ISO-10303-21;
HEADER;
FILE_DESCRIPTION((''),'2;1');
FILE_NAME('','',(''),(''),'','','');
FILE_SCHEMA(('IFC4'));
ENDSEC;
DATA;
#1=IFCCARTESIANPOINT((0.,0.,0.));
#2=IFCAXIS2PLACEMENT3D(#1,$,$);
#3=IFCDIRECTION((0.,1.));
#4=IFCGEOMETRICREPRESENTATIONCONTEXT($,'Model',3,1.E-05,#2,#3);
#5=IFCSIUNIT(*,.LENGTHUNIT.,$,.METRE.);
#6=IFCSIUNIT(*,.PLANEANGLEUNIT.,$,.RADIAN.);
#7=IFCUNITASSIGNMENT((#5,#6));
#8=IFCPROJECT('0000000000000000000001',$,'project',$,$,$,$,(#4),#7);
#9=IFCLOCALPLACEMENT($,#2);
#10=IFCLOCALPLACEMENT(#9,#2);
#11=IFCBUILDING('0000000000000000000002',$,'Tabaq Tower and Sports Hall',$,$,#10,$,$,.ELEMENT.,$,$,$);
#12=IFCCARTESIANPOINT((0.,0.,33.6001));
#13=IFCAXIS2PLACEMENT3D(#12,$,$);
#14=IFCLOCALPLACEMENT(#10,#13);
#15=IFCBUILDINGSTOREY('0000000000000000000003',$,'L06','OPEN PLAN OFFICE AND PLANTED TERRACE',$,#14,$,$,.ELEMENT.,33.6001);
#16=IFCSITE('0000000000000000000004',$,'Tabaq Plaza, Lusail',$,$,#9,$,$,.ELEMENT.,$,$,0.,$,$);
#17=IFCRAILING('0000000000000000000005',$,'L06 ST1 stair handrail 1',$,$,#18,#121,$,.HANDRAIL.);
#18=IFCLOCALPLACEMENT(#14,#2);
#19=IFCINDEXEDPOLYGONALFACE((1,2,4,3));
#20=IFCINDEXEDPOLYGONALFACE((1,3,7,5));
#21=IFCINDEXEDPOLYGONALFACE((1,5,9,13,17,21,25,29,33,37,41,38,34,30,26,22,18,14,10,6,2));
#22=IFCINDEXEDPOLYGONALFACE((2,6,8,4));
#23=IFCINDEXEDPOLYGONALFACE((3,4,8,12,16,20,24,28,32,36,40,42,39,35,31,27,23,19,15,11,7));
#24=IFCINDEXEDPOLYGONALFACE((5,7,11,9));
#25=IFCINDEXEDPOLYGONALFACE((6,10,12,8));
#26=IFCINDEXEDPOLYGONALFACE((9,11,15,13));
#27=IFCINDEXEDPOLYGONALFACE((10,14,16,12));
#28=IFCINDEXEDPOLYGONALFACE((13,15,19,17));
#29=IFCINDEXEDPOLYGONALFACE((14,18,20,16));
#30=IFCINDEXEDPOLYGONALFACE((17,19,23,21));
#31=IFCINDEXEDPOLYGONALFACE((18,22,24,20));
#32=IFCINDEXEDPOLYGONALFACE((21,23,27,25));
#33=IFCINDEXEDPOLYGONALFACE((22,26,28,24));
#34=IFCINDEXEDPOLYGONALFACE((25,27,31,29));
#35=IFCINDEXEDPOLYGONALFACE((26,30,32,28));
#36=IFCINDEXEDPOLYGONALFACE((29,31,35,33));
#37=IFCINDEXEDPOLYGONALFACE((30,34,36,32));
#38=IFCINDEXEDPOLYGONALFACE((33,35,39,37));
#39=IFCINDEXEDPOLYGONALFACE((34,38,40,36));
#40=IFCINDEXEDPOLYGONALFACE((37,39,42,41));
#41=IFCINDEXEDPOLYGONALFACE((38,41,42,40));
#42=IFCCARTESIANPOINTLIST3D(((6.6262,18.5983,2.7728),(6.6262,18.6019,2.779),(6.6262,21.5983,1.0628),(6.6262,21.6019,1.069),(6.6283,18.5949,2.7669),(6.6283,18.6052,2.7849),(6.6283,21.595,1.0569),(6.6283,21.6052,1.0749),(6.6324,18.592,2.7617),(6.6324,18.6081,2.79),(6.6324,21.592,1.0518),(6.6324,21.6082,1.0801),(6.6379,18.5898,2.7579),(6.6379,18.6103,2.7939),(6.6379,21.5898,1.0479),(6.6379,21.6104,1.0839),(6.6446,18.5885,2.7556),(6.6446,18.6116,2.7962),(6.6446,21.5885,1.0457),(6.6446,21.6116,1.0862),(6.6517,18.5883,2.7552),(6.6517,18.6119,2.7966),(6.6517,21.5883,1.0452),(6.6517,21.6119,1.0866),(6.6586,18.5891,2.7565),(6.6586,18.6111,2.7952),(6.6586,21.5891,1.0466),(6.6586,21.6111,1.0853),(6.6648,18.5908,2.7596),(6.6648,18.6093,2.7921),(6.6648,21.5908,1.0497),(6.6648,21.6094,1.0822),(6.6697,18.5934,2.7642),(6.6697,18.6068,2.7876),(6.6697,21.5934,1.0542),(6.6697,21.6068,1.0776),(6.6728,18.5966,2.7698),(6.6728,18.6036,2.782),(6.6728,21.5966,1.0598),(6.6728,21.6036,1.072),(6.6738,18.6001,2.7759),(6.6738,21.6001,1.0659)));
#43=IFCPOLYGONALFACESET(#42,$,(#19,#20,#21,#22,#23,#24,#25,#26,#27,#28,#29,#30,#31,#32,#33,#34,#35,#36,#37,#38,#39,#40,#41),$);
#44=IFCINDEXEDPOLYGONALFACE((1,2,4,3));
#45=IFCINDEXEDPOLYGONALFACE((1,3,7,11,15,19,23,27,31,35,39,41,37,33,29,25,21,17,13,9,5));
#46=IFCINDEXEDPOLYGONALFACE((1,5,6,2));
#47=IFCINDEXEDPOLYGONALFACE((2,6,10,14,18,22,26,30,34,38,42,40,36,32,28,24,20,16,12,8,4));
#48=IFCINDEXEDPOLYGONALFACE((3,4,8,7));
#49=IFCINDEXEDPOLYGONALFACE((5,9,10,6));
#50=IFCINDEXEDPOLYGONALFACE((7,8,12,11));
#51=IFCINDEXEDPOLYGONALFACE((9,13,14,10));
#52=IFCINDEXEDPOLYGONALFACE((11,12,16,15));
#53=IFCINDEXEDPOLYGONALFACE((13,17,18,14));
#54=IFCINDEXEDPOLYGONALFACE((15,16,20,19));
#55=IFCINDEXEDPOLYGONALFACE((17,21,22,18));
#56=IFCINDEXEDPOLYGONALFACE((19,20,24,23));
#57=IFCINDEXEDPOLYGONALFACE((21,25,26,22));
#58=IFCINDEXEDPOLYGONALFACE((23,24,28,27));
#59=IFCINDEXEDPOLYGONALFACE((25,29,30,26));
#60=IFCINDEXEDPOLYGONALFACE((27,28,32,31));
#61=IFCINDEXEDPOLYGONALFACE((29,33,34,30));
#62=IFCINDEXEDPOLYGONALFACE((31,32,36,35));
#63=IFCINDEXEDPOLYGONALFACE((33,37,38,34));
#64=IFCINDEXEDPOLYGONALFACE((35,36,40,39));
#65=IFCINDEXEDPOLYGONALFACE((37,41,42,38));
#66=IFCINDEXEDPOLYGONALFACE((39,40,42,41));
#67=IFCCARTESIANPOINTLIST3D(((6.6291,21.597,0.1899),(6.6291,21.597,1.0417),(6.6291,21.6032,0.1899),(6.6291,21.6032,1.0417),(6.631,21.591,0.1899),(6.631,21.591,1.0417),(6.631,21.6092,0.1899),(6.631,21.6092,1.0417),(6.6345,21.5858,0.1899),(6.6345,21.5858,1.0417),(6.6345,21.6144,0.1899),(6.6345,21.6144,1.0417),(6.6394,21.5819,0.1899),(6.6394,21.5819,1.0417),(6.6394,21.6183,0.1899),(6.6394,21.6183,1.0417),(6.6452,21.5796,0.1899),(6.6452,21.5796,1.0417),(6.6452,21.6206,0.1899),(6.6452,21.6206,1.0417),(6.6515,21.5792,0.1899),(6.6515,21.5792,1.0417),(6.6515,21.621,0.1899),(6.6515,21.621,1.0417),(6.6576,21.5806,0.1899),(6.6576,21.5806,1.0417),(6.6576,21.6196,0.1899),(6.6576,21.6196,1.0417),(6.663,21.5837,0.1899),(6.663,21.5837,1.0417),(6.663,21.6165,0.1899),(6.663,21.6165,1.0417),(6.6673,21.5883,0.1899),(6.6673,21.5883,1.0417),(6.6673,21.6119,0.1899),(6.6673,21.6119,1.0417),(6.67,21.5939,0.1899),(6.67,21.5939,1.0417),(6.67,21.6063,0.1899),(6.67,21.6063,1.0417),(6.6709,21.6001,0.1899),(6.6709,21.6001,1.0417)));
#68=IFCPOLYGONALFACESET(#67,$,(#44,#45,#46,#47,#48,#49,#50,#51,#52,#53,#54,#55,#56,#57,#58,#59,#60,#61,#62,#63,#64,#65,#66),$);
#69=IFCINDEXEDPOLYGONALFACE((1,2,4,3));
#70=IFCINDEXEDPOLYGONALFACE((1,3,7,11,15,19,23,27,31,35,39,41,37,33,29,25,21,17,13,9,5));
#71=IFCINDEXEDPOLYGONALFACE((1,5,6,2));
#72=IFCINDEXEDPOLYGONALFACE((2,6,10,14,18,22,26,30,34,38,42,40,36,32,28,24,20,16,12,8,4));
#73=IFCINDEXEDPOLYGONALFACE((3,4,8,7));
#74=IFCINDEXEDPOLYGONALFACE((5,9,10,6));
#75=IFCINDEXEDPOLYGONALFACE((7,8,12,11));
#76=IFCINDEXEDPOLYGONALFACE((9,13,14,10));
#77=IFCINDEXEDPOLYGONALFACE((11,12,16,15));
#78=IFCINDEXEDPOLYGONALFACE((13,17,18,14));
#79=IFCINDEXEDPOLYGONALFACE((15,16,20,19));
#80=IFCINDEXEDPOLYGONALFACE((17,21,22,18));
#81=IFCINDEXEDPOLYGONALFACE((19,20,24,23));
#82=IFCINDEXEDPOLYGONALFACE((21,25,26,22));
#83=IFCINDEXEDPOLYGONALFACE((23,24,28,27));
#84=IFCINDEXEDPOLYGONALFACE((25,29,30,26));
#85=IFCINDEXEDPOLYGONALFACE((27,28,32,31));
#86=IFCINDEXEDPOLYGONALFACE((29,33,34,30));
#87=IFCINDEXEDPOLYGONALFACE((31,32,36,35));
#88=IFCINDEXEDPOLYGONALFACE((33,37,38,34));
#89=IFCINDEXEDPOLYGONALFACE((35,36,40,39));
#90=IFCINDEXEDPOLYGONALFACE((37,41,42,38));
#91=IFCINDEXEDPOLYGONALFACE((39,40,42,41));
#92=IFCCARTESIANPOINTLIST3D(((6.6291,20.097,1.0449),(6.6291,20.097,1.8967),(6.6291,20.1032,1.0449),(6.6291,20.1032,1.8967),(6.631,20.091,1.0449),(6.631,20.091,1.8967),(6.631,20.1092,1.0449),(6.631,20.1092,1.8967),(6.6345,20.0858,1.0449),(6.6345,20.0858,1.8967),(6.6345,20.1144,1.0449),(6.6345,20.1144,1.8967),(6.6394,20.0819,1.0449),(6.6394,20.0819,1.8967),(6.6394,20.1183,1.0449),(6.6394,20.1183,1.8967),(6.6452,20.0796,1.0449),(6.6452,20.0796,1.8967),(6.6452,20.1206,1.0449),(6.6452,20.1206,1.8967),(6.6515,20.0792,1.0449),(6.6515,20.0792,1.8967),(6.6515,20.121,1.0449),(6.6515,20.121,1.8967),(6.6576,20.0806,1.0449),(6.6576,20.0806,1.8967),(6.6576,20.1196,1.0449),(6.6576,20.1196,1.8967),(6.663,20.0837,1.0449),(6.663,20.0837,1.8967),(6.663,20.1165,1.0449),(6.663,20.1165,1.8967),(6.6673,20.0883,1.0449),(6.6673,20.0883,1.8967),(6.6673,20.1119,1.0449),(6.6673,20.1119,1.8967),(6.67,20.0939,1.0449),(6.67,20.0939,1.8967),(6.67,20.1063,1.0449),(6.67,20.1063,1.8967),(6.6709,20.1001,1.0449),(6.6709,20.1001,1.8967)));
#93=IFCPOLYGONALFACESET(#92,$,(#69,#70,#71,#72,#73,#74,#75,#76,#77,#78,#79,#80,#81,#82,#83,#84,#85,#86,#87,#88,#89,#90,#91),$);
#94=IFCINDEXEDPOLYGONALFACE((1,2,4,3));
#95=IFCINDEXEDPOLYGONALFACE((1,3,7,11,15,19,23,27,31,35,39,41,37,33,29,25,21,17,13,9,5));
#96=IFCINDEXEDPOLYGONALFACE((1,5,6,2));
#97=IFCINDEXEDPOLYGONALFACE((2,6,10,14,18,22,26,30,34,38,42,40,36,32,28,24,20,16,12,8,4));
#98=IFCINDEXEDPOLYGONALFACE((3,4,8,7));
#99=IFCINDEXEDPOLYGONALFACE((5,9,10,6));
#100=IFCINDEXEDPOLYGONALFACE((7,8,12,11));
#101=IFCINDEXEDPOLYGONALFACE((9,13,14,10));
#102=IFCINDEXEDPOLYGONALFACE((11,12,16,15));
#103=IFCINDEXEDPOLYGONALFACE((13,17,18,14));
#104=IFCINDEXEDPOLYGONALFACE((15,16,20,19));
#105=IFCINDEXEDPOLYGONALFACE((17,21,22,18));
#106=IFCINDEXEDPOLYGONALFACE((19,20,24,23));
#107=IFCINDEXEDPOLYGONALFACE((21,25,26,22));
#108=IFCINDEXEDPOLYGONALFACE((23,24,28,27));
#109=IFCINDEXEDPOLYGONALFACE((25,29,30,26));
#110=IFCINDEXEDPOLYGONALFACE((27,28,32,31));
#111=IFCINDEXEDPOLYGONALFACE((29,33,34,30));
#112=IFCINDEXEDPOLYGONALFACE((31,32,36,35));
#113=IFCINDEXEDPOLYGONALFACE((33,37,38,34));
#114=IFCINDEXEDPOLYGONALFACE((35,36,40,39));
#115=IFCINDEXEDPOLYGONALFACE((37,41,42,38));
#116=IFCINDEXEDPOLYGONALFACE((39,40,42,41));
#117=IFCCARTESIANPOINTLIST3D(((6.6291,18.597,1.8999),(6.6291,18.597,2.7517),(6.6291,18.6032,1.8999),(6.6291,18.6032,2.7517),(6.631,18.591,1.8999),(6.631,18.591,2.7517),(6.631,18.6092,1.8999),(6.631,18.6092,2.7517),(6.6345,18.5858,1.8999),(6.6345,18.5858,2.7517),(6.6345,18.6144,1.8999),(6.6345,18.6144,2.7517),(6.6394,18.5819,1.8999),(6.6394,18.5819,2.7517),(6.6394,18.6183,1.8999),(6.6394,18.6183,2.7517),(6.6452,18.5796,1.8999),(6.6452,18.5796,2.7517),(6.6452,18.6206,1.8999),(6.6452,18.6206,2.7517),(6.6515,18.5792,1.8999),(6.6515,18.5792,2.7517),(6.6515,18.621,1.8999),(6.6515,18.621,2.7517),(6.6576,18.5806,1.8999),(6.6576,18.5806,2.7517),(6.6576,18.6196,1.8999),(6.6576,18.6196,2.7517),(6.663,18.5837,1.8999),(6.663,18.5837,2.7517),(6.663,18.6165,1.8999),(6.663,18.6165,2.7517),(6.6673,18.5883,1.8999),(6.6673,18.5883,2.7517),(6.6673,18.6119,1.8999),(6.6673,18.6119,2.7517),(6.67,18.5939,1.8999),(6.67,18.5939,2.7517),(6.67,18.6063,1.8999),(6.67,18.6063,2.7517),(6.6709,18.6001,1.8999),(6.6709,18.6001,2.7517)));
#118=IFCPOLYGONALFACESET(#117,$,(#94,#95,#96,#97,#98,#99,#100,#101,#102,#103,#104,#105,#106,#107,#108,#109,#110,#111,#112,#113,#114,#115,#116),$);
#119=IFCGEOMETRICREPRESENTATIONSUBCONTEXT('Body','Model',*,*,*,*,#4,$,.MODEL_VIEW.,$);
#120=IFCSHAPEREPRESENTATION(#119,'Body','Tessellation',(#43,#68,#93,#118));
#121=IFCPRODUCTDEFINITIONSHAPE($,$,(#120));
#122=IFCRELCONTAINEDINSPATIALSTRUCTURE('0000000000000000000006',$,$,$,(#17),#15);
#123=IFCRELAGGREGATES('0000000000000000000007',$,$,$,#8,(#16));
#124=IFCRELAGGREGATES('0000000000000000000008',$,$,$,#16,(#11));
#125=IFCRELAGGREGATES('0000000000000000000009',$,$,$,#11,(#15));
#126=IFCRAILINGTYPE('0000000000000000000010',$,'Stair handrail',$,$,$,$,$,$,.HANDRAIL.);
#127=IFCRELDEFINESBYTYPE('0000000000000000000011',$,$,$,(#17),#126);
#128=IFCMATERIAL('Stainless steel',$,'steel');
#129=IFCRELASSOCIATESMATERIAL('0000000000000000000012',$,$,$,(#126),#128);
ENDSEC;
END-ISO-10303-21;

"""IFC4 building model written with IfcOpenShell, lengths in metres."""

from ifc_helpers import new_model, si_unit, direction, frame, origin, origin_2d, place, context, subcontext, project, spatial, circle, extrude, material, type_object, element, save


model = new_model("IFC4")

# Units and contexts
model_context = context("Model", 3, precision=1e-05, world=origin(), true_north=direction((0.0, 1.0)))
body_context = subcontext(model_context, "Body", "Model", "MODEL_VIEW")
ifc_project = project(units=[si_unit("LENGTHUNIT", "METRE"), si_unit("PLANEANGLEUNIT", "RADIAN")], contexts=[model_context])

# Site, building, storey
site_placement = place(None, origin())
site = spatial("IfcSite", under=ifc_project, at=site_placement, Name="Tabaq Plaza, Lusail", CompositionType="ELEMENT", RefElevation=0.0)
building_placement = place(site_placement, origin())
building = spatial("IfcBuilding", under=site, at=building_placement, Name="Tabaq Tower and Sports Hall", CompositionType="ELEMENT")
storey_placement = place(building_placement, frame((0.0, 0.0, 33.6001)))
storey = spatial("IfcBuildingStorey", under=building, at=storey_placement, Name="L06", Description="OPEN PLAN OFFICE AND PLANTED TERRACE", CompositionType="ELEMENT", Elevation=33.6001)

# Railing
ifc_material_1 = material(Name="Stainless steel", Category="steel")
railing_type_1 = type_object("IfcRailingType", Name="Stair handrail", PredefinedType="HANDRAIL", material=ifc_material_1)
railing_1_placement = place(storey_placement, frame((6.6499, 21.6001, 0.1899)))
element("IfcRailing", 1, at=railing_1_placement, inside=storey, type_object=railing_type_1, Name="L06 ST1 stair handrail 1", PredefinedType="HANDRAIL", context=body_context, shape_type="SweptSolid", body=[
    extrude(circle(Radius=0.0239, at=origin_2d()), frame((0.0, 0.0, 0.876), z_axis=(0.0, -0.868782, 0.495195), x_axis=(1.0, 0.0, 0.0)), (0.0, 0.0, 1.0), 3.4531),
    extrude(circle(Radius=0.021, at=origin_2d()), origin(), (0.0, 0.0, 1.0), 0.8518),
    extrude(circle(Radius=0.021, at=origin_2d()), frame((0.0, -1.5, 0.855)), (0.0, 0.0, 1.0), 0.8518),
    extrude(circle(Radius=0.021, at=origin_2d()), frame((0.0, -3.0, 1.71)), (0.0, 0.0, 1.0), 0.8518),
])

save(model, "model.ifc")
